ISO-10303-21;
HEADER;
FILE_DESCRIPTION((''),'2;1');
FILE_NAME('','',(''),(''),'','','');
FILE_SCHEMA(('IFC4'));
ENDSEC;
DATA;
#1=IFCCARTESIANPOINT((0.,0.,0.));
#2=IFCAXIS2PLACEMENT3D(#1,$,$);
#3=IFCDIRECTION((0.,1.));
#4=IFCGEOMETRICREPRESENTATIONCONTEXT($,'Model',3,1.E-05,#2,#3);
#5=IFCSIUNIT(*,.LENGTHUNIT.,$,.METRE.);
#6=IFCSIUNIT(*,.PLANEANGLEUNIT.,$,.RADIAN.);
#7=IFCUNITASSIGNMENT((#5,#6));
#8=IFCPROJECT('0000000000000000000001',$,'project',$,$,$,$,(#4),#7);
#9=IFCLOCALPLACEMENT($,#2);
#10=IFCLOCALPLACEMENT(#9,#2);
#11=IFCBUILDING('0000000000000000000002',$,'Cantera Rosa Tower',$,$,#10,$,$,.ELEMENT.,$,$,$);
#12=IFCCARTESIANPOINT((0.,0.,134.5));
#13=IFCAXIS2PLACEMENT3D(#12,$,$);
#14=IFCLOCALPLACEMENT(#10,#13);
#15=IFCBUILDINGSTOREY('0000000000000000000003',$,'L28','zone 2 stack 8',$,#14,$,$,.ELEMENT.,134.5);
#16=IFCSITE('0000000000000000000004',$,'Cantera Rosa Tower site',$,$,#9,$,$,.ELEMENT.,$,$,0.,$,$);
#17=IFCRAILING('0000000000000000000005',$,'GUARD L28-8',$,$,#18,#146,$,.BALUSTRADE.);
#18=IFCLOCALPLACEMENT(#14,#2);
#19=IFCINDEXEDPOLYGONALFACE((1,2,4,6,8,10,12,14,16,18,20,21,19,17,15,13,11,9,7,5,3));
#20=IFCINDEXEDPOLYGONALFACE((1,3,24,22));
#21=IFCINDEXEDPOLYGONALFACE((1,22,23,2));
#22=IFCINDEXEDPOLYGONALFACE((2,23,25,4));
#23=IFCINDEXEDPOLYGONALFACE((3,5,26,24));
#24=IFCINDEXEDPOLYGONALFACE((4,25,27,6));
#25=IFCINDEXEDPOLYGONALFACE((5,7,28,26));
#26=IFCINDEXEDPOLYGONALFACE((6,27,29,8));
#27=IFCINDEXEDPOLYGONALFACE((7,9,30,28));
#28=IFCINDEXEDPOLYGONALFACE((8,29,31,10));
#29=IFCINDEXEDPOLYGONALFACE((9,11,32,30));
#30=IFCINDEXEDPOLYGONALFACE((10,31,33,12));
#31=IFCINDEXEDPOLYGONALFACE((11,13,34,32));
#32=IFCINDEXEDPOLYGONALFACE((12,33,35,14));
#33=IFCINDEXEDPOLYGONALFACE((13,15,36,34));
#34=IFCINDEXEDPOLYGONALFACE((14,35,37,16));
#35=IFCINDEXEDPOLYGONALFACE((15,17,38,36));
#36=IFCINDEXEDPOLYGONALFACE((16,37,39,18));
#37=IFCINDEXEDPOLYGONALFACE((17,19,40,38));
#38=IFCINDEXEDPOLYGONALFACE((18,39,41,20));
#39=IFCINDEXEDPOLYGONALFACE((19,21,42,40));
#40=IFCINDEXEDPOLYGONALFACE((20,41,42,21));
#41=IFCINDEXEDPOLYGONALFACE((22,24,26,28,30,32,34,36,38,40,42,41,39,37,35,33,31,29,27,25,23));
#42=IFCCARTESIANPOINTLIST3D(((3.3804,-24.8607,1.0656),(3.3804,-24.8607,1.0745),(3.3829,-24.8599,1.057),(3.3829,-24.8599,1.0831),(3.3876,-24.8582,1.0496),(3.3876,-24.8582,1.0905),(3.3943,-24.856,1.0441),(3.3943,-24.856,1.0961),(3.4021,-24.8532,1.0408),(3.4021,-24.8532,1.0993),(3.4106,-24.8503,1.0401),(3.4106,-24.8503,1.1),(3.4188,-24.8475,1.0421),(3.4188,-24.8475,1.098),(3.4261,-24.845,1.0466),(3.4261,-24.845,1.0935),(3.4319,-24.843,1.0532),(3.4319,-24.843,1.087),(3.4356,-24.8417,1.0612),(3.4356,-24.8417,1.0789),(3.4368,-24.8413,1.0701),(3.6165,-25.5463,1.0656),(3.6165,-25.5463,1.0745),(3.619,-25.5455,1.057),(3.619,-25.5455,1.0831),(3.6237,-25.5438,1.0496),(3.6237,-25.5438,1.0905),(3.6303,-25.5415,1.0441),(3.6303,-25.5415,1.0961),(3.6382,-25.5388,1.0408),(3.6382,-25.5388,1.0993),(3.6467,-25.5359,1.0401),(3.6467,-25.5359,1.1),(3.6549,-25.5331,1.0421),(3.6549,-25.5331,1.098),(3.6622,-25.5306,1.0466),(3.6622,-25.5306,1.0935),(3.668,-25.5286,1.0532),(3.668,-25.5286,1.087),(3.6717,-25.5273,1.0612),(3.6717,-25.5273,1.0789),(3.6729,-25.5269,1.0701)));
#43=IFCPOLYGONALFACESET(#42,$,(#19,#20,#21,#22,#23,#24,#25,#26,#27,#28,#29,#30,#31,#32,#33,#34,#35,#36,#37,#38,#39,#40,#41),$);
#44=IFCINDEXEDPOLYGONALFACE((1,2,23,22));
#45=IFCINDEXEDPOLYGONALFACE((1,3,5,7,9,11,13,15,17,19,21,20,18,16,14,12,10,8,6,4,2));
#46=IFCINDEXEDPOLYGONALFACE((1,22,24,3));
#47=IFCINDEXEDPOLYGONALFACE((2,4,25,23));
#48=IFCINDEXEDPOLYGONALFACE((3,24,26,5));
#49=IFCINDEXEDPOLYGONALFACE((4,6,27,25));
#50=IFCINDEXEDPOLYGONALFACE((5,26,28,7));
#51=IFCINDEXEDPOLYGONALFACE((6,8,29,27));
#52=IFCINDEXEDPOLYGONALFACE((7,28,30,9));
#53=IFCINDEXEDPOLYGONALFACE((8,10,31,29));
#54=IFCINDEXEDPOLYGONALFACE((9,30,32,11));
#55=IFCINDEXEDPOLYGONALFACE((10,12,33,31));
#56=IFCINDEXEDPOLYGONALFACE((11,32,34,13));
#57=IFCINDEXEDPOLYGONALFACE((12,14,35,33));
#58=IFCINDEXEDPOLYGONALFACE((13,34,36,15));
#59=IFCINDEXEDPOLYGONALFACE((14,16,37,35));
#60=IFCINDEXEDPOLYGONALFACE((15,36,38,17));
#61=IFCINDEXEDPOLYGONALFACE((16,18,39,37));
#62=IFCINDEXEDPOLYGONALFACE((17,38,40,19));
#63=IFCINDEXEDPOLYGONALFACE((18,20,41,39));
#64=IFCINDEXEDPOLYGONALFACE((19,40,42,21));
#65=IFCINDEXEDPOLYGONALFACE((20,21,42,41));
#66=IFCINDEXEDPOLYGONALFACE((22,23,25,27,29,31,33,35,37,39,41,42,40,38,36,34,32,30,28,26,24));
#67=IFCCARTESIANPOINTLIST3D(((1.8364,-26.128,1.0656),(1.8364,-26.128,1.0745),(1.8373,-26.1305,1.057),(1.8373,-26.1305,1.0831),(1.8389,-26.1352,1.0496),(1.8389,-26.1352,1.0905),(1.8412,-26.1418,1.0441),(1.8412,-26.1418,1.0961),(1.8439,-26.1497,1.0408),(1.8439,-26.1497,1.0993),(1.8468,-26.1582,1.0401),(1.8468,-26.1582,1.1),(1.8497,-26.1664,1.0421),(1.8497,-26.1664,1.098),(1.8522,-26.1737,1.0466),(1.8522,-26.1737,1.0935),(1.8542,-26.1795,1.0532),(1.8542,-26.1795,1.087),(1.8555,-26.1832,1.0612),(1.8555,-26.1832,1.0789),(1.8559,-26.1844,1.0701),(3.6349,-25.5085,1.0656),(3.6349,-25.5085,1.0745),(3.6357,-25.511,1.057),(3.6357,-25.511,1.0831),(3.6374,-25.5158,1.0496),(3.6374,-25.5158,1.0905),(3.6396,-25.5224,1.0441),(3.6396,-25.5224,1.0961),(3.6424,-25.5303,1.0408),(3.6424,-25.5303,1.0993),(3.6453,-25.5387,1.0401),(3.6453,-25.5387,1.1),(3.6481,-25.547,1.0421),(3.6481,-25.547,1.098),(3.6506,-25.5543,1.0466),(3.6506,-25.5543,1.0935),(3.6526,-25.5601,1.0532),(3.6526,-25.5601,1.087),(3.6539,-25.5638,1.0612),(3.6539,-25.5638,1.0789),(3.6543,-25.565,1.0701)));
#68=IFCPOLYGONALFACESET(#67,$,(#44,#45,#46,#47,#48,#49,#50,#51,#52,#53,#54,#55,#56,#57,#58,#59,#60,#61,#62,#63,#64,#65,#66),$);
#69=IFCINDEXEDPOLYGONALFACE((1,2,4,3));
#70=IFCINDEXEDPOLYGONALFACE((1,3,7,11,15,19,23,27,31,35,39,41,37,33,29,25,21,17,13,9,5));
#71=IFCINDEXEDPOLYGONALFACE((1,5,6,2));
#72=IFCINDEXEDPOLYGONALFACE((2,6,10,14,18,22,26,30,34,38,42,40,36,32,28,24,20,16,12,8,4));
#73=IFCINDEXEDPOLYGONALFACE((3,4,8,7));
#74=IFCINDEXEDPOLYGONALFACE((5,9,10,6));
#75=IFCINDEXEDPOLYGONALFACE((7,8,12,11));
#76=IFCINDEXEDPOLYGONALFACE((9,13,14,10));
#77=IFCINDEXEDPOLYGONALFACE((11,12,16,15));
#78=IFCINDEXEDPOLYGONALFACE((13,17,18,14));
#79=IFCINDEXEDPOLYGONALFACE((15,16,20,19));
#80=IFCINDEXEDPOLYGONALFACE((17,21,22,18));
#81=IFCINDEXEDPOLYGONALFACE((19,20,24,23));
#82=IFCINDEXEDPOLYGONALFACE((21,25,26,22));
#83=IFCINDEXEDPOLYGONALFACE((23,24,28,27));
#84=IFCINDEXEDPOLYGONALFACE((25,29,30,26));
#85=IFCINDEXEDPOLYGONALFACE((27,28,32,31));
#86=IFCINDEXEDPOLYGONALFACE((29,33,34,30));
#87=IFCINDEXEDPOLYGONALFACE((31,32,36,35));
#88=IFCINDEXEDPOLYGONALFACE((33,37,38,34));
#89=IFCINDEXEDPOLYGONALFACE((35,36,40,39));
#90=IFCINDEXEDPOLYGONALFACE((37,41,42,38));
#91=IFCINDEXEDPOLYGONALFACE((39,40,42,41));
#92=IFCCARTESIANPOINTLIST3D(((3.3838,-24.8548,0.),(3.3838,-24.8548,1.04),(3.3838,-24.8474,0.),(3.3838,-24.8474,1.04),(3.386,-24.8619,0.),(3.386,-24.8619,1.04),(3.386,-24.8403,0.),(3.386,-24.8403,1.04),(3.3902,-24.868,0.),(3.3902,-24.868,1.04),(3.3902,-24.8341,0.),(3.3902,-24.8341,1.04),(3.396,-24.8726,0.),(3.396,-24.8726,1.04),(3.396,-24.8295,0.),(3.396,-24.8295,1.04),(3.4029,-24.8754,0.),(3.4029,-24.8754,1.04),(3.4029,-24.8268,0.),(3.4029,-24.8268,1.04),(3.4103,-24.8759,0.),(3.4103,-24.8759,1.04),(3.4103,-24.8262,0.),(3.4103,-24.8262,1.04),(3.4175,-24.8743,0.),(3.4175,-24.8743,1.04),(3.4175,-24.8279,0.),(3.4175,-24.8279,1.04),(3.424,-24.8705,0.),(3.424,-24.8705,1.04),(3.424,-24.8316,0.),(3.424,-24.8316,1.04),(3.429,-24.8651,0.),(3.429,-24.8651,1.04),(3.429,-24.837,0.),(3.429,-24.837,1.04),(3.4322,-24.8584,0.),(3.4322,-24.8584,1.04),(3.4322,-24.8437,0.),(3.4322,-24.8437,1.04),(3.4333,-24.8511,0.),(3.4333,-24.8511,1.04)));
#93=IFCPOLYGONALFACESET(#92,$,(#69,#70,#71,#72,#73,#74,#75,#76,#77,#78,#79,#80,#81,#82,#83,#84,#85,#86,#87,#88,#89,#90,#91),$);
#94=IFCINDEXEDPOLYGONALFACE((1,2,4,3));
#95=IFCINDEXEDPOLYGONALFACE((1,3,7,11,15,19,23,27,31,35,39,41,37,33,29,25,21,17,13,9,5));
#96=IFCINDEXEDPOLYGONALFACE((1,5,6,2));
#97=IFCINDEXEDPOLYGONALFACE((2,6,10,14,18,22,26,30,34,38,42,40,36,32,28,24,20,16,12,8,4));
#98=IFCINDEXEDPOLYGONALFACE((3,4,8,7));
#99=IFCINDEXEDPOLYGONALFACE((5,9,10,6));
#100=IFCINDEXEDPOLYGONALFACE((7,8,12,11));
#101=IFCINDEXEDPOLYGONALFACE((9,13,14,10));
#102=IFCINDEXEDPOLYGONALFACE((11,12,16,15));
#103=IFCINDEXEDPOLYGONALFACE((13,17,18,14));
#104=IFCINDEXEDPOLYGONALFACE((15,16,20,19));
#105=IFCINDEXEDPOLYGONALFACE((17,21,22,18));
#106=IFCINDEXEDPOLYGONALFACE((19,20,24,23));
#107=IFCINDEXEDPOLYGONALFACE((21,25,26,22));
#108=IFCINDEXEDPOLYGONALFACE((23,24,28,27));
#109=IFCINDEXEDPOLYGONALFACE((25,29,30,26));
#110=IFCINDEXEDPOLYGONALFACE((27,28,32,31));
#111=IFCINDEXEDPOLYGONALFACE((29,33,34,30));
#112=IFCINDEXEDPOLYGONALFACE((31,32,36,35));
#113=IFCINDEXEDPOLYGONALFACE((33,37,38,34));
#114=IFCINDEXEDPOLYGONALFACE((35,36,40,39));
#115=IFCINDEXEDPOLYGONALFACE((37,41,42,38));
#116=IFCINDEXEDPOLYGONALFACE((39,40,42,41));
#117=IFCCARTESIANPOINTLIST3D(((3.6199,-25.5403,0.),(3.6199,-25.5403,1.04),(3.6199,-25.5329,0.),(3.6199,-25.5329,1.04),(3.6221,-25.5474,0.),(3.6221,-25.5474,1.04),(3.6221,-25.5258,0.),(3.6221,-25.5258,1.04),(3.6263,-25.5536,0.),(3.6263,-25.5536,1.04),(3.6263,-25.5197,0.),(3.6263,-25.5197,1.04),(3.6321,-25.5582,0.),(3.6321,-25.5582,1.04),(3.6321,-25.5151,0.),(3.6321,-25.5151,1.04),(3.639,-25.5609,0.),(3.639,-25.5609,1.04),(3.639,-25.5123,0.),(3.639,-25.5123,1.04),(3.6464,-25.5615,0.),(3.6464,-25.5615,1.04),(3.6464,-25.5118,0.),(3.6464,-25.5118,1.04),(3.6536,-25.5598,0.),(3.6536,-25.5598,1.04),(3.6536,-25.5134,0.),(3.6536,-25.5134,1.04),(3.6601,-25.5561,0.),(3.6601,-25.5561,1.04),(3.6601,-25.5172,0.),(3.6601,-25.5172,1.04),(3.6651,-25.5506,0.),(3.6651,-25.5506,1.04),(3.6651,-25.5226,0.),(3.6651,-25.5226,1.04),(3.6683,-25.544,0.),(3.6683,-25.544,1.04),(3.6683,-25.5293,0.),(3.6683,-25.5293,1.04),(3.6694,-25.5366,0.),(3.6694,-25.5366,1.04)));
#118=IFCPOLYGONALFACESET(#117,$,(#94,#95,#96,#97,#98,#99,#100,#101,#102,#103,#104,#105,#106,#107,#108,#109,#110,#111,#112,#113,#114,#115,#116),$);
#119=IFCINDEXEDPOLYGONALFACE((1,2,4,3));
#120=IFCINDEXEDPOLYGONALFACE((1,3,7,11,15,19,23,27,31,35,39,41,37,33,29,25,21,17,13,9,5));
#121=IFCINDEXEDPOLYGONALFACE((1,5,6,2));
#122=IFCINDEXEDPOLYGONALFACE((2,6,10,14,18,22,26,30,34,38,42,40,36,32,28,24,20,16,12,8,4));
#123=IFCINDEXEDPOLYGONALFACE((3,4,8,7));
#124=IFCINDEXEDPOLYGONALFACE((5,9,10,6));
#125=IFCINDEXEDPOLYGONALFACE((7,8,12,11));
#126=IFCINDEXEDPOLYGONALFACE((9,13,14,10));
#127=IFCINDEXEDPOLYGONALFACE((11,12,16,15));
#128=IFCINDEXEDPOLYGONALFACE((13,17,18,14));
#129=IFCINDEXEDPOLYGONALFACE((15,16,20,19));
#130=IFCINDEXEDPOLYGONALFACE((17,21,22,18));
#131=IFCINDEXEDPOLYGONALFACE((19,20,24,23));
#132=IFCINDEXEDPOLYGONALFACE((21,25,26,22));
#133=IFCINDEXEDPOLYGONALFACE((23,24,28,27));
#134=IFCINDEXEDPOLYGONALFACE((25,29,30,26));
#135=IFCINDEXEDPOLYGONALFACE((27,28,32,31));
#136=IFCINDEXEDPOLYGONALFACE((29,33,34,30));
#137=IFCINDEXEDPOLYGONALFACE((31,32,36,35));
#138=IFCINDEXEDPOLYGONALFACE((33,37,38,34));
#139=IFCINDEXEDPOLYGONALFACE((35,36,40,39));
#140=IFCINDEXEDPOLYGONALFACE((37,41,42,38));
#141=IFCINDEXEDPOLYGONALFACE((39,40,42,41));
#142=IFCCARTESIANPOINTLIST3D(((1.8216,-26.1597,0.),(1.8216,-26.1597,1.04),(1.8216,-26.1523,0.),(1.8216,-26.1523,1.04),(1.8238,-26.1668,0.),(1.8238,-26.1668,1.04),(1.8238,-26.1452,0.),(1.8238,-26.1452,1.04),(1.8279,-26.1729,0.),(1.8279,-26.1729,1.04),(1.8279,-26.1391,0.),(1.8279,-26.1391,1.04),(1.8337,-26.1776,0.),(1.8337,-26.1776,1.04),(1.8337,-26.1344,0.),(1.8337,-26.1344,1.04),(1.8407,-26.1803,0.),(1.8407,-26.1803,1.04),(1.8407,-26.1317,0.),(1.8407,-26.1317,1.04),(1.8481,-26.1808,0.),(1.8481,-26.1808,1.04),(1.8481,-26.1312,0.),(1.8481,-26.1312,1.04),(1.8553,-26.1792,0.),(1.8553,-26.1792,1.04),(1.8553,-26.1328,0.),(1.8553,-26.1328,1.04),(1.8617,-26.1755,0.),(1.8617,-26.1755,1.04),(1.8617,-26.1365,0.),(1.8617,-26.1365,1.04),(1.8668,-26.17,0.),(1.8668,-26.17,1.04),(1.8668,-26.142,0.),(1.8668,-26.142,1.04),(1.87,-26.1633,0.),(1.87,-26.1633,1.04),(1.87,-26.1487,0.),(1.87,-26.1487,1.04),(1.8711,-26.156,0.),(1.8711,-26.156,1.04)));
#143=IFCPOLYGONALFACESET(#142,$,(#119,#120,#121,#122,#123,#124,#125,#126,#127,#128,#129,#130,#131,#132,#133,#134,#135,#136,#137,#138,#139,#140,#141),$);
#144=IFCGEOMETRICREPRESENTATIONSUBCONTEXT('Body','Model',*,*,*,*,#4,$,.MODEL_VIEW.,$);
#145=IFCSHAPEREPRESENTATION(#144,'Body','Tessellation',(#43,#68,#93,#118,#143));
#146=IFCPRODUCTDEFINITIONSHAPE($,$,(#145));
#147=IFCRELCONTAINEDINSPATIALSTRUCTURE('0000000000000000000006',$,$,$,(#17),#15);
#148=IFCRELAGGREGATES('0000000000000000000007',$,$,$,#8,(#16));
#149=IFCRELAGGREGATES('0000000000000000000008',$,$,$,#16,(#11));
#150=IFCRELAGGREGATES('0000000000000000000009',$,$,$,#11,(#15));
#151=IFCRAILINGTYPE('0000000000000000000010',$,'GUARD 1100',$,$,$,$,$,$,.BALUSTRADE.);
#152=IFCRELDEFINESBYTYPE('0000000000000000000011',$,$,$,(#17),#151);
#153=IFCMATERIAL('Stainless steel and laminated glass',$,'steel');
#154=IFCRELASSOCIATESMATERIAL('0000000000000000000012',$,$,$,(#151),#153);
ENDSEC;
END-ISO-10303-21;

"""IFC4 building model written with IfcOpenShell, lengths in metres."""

from ifc_helpers import new_model, si_unit, direction, frame, origin, origin_2d, place, context, subcontext, project, spatial, circle, extrude, material, type_object, element, save


model = new_model("IFC4")

# Units and contexts
model_context = context("Model", 3, precision=1e-05, world=origin(), true_north=direction((0.0, 1.0)))
body_context = subcontext(model_context, "Body", "Model", "MODEL_VIEW")
ifc_project = project(units=[si_unit("LENGTHUNIT", "METRE"), si_unit("PLANEANGLEUNIT", "RADIAN")], contexts=[model_context])

# Site, building, storey
site_placement = place(None, origin())
site = spatial("IfcSite", under=ifc_project, at=site_placement, Name="Cantera Rosa Tower site", CompositionType="ELEMENT", RefElevation=0.0)
building_placement = place(site_placement, origin())
building = spatial("IfcBuilding", under=site, at=building_placement, Name="Cantera Rosa Tower", CompositionType="ELEMENT")
storey_placement = place(building_placement, frame((0.0, 0.0, 134.5)))
storey = spatial("IfcBuildingStorey", under=building, at=storey_placement, Name="L28", Description="zone 2 stack 8", CompositionType="ELEMENT", Elevation=134.5)

# Railing
ifc_material_1 = material(Name="Stainless steel and laminated glass", Category="steel")
railing_type = type_object("IfcRailingType", Name="GUARD 1100", PredefinedType="BALUSTRADE", material=ifc_material_1)
railing_placement = place(storey_placement, frame((3.4084, -24.8511, 0.0)))
element("IfcRailing", 1, at=railing_placement, inside=storey, type_object=railing_type, Name="GUARD L28-8", PredefinedType="BALUSTRADE", context=body_context, shape_type="SweptSolid", body=[
    extrude(circle(Radius=0.03, at=origin_2d()), frame((0.0, 0.0, 1.0701), z_axis=(0.325607, -0.945505, 0.0), x_axis=(0.945505, 0.325607, 0.0)), (0.0, 0.0, 1.0), 0.7251),
    extrude(circle(Radius=0.03, at=origin_2d()), frame((0.2361, -0.6855, 1.0701), z_axis=(-0.945492, -0.325647, 0.0), x_axis=(0.325647, -0.945492, 0.0)), (0.0, 0.0, 1.0), 1.9021),
    extrude(circle(Radius=0.0249, at=origin_2d()), origin(), (0.0, 0.0, 1.0), 1.04),
    extrude(circle(Radius=0.0249, at=origin_2d()), frame((0.2361, -0.6855, 0.0)), (0.0, 0.0, 1.0), 1.04),
    extrude(circle(Radius=0.0249, at=origin_2d()), frame((-1.5623, -1.3049, 0.0)), (0.0, 0.0, 1.0), 1.04),
])

save(model, "model.ifc")
